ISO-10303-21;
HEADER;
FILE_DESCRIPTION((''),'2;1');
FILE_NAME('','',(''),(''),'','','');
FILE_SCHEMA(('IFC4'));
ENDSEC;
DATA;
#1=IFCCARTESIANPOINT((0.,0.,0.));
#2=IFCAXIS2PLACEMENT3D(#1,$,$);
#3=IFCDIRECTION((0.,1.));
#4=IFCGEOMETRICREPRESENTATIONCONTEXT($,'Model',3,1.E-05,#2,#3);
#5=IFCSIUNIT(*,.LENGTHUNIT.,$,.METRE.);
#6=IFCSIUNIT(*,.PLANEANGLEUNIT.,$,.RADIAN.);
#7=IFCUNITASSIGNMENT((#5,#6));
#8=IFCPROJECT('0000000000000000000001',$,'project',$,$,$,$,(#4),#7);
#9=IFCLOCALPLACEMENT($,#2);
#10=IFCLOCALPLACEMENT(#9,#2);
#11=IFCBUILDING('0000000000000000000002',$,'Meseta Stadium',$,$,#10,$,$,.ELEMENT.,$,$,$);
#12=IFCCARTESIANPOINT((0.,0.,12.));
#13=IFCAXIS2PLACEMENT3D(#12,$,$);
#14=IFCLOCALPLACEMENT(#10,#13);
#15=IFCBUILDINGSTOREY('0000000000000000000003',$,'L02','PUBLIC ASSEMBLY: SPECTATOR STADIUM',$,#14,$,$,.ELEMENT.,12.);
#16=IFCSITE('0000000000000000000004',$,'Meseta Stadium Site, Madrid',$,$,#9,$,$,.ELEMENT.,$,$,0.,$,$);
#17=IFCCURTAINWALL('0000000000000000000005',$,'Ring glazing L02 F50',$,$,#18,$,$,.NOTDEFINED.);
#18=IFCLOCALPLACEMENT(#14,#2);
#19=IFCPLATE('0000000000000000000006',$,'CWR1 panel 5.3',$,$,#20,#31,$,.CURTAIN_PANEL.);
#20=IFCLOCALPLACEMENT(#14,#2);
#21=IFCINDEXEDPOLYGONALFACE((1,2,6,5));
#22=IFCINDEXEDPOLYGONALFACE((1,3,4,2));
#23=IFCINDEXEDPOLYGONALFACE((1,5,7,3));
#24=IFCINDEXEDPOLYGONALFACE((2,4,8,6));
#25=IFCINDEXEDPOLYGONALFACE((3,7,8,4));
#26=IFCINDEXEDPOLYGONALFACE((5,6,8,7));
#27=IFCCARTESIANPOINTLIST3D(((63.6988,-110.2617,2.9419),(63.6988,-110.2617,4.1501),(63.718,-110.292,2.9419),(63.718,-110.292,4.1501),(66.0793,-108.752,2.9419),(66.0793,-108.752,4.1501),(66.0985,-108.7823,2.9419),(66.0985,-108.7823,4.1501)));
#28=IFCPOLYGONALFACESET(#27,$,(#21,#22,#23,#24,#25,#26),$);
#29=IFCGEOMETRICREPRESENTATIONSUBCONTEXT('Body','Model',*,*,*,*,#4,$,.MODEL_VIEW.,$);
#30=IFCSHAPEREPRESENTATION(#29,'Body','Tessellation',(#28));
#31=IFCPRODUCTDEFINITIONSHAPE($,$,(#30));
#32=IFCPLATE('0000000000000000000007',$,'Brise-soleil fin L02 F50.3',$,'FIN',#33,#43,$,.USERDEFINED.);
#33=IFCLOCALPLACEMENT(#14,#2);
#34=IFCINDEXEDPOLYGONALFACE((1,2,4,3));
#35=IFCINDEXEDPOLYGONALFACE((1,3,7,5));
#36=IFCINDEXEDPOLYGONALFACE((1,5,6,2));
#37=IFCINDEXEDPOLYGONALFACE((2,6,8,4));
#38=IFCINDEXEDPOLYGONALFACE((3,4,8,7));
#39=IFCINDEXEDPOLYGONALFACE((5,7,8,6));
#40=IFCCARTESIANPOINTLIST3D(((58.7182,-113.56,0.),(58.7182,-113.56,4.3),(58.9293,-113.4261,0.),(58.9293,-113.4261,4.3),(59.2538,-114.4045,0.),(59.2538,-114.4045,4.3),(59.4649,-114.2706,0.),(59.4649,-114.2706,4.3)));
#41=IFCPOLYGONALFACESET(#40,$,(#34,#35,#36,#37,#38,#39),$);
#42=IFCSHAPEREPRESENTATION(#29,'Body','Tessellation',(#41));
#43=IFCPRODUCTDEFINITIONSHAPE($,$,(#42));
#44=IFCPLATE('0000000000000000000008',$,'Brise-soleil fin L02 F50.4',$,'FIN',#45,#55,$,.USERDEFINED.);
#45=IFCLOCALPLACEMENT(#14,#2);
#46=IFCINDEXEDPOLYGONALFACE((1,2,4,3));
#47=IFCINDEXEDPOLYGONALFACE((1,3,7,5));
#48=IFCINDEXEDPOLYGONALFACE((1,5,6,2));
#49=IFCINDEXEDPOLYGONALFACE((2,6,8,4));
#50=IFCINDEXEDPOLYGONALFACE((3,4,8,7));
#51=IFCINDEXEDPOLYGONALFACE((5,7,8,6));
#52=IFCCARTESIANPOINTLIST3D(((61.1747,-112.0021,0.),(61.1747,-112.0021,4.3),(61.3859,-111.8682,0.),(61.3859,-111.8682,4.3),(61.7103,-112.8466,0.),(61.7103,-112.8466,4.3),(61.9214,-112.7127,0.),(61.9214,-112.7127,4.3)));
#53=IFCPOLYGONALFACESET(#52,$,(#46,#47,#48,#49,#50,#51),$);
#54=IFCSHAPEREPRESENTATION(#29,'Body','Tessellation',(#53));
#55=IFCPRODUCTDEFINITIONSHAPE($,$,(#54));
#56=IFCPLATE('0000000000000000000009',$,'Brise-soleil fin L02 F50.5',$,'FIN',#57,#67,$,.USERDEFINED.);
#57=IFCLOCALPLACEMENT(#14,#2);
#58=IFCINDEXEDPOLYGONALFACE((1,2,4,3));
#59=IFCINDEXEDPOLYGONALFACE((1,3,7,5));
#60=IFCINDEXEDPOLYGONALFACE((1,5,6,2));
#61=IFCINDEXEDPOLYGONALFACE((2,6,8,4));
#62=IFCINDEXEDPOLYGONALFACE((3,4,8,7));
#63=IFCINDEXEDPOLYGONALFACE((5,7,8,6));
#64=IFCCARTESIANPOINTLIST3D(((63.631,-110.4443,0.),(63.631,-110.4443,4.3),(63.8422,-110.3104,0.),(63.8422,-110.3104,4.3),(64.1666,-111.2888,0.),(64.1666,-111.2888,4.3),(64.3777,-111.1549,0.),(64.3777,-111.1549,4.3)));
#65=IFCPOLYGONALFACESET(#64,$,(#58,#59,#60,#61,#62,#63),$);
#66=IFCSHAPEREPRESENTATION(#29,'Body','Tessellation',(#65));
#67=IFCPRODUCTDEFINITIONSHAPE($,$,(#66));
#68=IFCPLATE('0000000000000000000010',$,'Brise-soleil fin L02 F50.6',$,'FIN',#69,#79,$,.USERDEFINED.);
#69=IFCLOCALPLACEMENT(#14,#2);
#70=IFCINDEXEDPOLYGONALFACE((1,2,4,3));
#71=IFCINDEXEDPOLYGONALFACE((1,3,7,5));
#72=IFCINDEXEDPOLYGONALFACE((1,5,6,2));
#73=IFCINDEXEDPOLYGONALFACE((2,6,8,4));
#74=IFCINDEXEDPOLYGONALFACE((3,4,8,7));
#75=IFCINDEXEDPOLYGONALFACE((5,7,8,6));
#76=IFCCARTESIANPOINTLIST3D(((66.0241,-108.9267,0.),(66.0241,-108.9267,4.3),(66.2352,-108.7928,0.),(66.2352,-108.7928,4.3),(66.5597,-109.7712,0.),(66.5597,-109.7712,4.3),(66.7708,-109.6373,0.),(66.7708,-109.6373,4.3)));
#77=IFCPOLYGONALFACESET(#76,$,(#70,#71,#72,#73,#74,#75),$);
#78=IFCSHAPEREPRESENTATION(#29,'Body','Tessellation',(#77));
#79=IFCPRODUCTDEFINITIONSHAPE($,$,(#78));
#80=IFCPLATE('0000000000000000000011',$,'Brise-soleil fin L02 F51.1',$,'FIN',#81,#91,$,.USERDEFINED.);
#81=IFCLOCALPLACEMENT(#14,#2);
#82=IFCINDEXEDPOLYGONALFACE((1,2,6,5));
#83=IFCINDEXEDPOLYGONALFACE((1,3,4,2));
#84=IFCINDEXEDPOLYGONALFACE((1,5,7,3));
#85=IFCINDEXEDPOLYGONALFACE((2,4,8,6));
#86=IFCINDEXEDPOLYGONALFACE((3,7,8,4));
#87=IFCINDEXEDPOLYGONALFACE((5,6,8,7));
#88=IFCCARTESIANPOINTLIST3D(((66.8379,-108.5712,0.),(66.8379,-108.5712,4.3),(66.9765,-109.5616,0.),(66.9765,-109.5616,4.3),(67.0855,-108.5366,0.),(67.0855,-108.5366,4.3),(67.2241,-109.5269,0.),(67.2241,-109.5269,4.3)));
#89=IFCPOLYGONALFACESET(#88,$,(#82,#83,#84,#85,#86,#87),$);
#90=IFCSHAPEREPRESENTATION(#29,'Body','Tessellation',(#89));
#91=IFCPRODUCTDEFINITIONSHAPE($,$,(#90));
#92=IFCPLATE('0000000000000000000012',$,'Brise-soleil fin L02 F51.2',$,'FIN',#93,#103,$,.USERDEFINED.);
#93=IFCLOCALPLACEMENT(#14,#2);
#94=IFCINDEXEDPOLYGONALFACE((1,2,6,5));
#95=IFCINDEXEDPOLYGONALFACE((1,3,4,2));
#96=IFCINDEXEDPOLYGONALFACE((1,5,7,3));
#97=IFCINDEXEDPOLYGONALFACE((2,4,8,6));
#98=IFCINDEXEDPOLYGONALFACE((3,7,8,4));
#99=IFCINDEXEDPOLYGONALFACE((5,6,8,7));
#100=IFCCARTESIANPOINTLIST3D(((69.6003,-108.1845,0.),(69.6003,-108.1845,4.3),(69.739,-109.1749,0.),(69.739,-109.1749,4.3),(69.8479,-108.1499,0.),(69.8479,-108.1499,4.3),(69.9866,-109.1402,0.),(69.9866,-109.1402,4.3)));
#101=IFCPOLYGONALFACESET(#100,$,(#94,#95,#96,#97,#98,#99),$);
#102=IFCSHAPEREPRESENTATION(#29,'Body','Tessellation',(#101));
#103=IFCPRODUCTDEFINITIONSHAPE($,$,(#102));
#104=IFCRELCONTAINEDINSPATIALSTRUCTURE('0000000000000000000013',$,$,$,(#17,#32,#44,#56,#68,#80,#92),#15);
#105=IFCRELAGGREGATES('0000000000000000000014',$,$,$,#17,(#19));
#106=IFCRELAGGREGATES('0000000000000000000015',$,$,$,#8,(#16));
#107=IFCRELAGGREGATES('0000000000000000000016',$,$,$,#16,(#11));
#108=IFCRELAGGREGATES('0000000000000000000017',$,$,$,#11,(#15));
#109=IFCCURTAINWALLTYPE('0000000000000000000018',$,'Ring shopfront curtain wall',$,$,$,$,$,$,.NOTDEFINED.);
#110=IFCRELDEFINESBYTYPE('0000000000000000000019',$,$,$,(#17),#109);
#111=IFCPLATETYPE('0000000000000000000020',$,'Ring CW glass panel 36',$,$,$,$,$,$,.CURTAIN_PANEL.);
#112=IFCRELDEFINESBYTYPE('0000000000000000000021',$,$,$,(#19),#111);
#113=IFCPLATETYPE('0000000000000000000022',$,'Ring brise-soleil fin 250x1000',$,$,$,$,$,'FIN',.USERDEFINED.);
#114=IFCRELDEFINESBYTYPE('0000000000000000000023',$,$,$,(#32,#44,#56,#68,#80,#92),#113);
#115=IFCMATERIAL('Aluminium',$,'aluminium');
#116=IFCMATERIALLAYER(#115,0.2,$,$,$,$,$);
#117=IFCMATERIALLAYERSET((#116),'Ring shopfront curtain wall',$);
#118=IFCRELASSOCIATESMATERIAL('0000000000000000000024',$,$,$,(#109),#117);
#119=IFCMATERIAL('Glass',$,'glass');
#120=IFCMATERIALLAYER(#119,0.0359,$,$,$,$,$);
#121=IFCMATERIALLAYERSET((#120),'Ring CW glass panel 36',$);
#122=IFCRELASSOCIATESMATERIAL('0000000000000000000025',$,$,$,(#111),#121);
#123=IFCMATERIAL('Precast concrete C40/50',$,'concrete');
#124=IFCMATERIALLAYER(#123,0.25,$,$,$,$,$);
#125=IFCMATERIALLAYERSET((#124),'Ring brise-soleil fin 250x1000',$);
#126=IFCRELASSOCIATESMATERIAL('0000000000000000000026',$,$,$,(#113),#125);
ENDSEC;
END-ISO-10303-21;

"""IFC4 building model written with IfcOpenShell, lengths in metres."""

from ifc_helpers import new_model, si_unit, direction, frame, origin, origin_2d, place, context, subcontext, project, spatial, rectangle, extrude, material, layer, layer_set, type_object, element, aggregate, save


model = new_model("IFC4")

# Units and contexts
model_context = context("Model", 3, precision=1e-05, world=origin(), true_north=direction((0.0, 1.0)))
body_context = subcontext(model_context, "Body", "Model", "MODEL_VIEW")
ifc_project = project(units=[si_unit("LENGTHUNIT", "METRE"), si_unit("PLANEANGLEUNIT", "RADIAN")], contexts=[model_context])

# Site, building, storey
site_placement = place(None, origin())
site = spatial("IfcSite", under=ifc_project, at=site_placement, Name="Meseta Stadium Site, Madrid", CompositionType="ELEMENT", RefElevation=0.0)
building_placement = place(site_placement, origin())
building = spatial("IfcBuilding", under=site, at=building_placement, Name="Meseta Stadium", CompositionType="ELEMENT")
storey_placement = place(building_placement, frame((0.0, 0.0, 12.0)))
storey = spatial("IfcBuildingStorey", under=building, at=storey_placement, Name="L02", Description="PUBLIC ASSEMBLY: SPECTATOR STADIUM", CompositionType="ELEMENT", Elevation=12.0)

# Curtain wall
ifc_material_1 = material(Name="Aluminium", Category="aluminium")
ifc_layer_1 = layer(ifc_material_1, 0.2)
ifc_layer_set_1 = layer_set([ifc_layer_1], Name="Ring shopfront curtain wall")
curtain_wall_type = type_object("IfcCurtainWallType", Name="Ring shopfront curtain wall", PredefinedType="NOTDEFINED", material=ifc_layer_set_1)
curtain_wall_1_placement = place(storey_placement, origin())
curtain_wall_1 = element("IfcCurtainWall", 1, at=curtain_wall_1_placement, inside=storey, type_object=curtain_wall_type, Name="Ring glazing L02 F50", PredefinedType="NOTDEFINED")

# Plate
ifc_material_2 = material(Name="Glass", Category="glass")
ifc_layer_2 = layer(ifc_material_2, 0.0359)
ifc_layer_set_2 = layer_set([ifc_layer_2], Name="Ring CW glass panel 36")
plate_type_1 = type_object("IfcPlateType", Name="Ring CW glass panel 36", PredefinedType="CURTAIN_PANEL", material=ifc_layer_set_2)
plate_1_placement = place(storey_placement, frame((64.8987, -109.522, 2.9419), z_axis=(0.0, 0.0, 1.0), x_axis=(0.844491, 0.535569, 0.0)))
plate_1 = element("IfcPlate", 2, at=plate_1_placement, type_object=plate_type_1, Name="CWR1 panel 5.3", PredefinedType="CURTAIN_PANEL", context=body_context, shape_type="SweptSolid", body=[
    extrude(rectangle(XDim=2.8188, YDim=0.0359, at=origin_2d()), origin(), (0.0, 0.0, 1.0), 1.2083),
])
aggregate(curtain_wall_1, [plate_1])

# Plates
ifc_material_3 = material(Name="Precast concrete C40/50", Category="concrete")
ifc_layer_3 = layer(ifc_material_3, 0.25)
ifc_layer_set_3 = layer_set([ifc_layer_3], Name="Ring brise-soleil fin 250x1000")
plate_type_2 = type_object("IfcPlateType", Name="Ring brise-soleil fin 250x1000", ElementType="FIN", PredefinedType="USERDEFINED", material=ifc_layer_set_3)
for number, where, z_axis, x_axis, name in (
    (3, (59.0916, -113.9153, 0.0), (0.0, 0.0, 1.0), (0.844492, 0.535569, 0.0), "Brise-soleil fin L02 F50.3"),
    (4, (61.5481, -112.3574, 0.0), (0.0, 0.0, 1.0), (0.844492, 0.535569, 0.0), "Brise-soleil fin L02 F50.4"),
    (5, (64.0044, -110.7996, 0.0), (0.0, 0.0, 1.0), (0.844492, 0.535569, 0.0), "Brise-soleil fin L02 F50.5"),
    (6, (66.3975, -109.282, 0.0), (0.0, 0.0, 1.0), (0.844492, 0.535569, 0.0), "Brise-soleil fin L02 F50.6"),
    (7, (67.031, -109.0491, 0.0), (0.0, 0.0, 1.0), (0.990343, 0.138641, 0.0), "Brise-soleil fin L02 F51.1"),
    (8, (69.7935, -108.6624, 0.0), (0.0, 0.0, 1.0), (0.990343, 0.138641, 0.0), "Brise-soleil fin L02 F51.2"),
):
    element("IfcPlate", number, at=place(storey_placement, frame(where, z_axis=z_axis, x_axis=x_axis)), inside=storey, type_object=plate_type_2, Name=name, ObjectType="FIN", PredefinedType="USERDEFINED", context=body_context, shape_type="SweptSolid", body=[
        extrude(rectangle(XDim=0.25, YDim=1.0, at=origin_2d()), origin(), (0.0, 0.0, 1.0), 4.3),
    ])

save(model, "model.ifc")
